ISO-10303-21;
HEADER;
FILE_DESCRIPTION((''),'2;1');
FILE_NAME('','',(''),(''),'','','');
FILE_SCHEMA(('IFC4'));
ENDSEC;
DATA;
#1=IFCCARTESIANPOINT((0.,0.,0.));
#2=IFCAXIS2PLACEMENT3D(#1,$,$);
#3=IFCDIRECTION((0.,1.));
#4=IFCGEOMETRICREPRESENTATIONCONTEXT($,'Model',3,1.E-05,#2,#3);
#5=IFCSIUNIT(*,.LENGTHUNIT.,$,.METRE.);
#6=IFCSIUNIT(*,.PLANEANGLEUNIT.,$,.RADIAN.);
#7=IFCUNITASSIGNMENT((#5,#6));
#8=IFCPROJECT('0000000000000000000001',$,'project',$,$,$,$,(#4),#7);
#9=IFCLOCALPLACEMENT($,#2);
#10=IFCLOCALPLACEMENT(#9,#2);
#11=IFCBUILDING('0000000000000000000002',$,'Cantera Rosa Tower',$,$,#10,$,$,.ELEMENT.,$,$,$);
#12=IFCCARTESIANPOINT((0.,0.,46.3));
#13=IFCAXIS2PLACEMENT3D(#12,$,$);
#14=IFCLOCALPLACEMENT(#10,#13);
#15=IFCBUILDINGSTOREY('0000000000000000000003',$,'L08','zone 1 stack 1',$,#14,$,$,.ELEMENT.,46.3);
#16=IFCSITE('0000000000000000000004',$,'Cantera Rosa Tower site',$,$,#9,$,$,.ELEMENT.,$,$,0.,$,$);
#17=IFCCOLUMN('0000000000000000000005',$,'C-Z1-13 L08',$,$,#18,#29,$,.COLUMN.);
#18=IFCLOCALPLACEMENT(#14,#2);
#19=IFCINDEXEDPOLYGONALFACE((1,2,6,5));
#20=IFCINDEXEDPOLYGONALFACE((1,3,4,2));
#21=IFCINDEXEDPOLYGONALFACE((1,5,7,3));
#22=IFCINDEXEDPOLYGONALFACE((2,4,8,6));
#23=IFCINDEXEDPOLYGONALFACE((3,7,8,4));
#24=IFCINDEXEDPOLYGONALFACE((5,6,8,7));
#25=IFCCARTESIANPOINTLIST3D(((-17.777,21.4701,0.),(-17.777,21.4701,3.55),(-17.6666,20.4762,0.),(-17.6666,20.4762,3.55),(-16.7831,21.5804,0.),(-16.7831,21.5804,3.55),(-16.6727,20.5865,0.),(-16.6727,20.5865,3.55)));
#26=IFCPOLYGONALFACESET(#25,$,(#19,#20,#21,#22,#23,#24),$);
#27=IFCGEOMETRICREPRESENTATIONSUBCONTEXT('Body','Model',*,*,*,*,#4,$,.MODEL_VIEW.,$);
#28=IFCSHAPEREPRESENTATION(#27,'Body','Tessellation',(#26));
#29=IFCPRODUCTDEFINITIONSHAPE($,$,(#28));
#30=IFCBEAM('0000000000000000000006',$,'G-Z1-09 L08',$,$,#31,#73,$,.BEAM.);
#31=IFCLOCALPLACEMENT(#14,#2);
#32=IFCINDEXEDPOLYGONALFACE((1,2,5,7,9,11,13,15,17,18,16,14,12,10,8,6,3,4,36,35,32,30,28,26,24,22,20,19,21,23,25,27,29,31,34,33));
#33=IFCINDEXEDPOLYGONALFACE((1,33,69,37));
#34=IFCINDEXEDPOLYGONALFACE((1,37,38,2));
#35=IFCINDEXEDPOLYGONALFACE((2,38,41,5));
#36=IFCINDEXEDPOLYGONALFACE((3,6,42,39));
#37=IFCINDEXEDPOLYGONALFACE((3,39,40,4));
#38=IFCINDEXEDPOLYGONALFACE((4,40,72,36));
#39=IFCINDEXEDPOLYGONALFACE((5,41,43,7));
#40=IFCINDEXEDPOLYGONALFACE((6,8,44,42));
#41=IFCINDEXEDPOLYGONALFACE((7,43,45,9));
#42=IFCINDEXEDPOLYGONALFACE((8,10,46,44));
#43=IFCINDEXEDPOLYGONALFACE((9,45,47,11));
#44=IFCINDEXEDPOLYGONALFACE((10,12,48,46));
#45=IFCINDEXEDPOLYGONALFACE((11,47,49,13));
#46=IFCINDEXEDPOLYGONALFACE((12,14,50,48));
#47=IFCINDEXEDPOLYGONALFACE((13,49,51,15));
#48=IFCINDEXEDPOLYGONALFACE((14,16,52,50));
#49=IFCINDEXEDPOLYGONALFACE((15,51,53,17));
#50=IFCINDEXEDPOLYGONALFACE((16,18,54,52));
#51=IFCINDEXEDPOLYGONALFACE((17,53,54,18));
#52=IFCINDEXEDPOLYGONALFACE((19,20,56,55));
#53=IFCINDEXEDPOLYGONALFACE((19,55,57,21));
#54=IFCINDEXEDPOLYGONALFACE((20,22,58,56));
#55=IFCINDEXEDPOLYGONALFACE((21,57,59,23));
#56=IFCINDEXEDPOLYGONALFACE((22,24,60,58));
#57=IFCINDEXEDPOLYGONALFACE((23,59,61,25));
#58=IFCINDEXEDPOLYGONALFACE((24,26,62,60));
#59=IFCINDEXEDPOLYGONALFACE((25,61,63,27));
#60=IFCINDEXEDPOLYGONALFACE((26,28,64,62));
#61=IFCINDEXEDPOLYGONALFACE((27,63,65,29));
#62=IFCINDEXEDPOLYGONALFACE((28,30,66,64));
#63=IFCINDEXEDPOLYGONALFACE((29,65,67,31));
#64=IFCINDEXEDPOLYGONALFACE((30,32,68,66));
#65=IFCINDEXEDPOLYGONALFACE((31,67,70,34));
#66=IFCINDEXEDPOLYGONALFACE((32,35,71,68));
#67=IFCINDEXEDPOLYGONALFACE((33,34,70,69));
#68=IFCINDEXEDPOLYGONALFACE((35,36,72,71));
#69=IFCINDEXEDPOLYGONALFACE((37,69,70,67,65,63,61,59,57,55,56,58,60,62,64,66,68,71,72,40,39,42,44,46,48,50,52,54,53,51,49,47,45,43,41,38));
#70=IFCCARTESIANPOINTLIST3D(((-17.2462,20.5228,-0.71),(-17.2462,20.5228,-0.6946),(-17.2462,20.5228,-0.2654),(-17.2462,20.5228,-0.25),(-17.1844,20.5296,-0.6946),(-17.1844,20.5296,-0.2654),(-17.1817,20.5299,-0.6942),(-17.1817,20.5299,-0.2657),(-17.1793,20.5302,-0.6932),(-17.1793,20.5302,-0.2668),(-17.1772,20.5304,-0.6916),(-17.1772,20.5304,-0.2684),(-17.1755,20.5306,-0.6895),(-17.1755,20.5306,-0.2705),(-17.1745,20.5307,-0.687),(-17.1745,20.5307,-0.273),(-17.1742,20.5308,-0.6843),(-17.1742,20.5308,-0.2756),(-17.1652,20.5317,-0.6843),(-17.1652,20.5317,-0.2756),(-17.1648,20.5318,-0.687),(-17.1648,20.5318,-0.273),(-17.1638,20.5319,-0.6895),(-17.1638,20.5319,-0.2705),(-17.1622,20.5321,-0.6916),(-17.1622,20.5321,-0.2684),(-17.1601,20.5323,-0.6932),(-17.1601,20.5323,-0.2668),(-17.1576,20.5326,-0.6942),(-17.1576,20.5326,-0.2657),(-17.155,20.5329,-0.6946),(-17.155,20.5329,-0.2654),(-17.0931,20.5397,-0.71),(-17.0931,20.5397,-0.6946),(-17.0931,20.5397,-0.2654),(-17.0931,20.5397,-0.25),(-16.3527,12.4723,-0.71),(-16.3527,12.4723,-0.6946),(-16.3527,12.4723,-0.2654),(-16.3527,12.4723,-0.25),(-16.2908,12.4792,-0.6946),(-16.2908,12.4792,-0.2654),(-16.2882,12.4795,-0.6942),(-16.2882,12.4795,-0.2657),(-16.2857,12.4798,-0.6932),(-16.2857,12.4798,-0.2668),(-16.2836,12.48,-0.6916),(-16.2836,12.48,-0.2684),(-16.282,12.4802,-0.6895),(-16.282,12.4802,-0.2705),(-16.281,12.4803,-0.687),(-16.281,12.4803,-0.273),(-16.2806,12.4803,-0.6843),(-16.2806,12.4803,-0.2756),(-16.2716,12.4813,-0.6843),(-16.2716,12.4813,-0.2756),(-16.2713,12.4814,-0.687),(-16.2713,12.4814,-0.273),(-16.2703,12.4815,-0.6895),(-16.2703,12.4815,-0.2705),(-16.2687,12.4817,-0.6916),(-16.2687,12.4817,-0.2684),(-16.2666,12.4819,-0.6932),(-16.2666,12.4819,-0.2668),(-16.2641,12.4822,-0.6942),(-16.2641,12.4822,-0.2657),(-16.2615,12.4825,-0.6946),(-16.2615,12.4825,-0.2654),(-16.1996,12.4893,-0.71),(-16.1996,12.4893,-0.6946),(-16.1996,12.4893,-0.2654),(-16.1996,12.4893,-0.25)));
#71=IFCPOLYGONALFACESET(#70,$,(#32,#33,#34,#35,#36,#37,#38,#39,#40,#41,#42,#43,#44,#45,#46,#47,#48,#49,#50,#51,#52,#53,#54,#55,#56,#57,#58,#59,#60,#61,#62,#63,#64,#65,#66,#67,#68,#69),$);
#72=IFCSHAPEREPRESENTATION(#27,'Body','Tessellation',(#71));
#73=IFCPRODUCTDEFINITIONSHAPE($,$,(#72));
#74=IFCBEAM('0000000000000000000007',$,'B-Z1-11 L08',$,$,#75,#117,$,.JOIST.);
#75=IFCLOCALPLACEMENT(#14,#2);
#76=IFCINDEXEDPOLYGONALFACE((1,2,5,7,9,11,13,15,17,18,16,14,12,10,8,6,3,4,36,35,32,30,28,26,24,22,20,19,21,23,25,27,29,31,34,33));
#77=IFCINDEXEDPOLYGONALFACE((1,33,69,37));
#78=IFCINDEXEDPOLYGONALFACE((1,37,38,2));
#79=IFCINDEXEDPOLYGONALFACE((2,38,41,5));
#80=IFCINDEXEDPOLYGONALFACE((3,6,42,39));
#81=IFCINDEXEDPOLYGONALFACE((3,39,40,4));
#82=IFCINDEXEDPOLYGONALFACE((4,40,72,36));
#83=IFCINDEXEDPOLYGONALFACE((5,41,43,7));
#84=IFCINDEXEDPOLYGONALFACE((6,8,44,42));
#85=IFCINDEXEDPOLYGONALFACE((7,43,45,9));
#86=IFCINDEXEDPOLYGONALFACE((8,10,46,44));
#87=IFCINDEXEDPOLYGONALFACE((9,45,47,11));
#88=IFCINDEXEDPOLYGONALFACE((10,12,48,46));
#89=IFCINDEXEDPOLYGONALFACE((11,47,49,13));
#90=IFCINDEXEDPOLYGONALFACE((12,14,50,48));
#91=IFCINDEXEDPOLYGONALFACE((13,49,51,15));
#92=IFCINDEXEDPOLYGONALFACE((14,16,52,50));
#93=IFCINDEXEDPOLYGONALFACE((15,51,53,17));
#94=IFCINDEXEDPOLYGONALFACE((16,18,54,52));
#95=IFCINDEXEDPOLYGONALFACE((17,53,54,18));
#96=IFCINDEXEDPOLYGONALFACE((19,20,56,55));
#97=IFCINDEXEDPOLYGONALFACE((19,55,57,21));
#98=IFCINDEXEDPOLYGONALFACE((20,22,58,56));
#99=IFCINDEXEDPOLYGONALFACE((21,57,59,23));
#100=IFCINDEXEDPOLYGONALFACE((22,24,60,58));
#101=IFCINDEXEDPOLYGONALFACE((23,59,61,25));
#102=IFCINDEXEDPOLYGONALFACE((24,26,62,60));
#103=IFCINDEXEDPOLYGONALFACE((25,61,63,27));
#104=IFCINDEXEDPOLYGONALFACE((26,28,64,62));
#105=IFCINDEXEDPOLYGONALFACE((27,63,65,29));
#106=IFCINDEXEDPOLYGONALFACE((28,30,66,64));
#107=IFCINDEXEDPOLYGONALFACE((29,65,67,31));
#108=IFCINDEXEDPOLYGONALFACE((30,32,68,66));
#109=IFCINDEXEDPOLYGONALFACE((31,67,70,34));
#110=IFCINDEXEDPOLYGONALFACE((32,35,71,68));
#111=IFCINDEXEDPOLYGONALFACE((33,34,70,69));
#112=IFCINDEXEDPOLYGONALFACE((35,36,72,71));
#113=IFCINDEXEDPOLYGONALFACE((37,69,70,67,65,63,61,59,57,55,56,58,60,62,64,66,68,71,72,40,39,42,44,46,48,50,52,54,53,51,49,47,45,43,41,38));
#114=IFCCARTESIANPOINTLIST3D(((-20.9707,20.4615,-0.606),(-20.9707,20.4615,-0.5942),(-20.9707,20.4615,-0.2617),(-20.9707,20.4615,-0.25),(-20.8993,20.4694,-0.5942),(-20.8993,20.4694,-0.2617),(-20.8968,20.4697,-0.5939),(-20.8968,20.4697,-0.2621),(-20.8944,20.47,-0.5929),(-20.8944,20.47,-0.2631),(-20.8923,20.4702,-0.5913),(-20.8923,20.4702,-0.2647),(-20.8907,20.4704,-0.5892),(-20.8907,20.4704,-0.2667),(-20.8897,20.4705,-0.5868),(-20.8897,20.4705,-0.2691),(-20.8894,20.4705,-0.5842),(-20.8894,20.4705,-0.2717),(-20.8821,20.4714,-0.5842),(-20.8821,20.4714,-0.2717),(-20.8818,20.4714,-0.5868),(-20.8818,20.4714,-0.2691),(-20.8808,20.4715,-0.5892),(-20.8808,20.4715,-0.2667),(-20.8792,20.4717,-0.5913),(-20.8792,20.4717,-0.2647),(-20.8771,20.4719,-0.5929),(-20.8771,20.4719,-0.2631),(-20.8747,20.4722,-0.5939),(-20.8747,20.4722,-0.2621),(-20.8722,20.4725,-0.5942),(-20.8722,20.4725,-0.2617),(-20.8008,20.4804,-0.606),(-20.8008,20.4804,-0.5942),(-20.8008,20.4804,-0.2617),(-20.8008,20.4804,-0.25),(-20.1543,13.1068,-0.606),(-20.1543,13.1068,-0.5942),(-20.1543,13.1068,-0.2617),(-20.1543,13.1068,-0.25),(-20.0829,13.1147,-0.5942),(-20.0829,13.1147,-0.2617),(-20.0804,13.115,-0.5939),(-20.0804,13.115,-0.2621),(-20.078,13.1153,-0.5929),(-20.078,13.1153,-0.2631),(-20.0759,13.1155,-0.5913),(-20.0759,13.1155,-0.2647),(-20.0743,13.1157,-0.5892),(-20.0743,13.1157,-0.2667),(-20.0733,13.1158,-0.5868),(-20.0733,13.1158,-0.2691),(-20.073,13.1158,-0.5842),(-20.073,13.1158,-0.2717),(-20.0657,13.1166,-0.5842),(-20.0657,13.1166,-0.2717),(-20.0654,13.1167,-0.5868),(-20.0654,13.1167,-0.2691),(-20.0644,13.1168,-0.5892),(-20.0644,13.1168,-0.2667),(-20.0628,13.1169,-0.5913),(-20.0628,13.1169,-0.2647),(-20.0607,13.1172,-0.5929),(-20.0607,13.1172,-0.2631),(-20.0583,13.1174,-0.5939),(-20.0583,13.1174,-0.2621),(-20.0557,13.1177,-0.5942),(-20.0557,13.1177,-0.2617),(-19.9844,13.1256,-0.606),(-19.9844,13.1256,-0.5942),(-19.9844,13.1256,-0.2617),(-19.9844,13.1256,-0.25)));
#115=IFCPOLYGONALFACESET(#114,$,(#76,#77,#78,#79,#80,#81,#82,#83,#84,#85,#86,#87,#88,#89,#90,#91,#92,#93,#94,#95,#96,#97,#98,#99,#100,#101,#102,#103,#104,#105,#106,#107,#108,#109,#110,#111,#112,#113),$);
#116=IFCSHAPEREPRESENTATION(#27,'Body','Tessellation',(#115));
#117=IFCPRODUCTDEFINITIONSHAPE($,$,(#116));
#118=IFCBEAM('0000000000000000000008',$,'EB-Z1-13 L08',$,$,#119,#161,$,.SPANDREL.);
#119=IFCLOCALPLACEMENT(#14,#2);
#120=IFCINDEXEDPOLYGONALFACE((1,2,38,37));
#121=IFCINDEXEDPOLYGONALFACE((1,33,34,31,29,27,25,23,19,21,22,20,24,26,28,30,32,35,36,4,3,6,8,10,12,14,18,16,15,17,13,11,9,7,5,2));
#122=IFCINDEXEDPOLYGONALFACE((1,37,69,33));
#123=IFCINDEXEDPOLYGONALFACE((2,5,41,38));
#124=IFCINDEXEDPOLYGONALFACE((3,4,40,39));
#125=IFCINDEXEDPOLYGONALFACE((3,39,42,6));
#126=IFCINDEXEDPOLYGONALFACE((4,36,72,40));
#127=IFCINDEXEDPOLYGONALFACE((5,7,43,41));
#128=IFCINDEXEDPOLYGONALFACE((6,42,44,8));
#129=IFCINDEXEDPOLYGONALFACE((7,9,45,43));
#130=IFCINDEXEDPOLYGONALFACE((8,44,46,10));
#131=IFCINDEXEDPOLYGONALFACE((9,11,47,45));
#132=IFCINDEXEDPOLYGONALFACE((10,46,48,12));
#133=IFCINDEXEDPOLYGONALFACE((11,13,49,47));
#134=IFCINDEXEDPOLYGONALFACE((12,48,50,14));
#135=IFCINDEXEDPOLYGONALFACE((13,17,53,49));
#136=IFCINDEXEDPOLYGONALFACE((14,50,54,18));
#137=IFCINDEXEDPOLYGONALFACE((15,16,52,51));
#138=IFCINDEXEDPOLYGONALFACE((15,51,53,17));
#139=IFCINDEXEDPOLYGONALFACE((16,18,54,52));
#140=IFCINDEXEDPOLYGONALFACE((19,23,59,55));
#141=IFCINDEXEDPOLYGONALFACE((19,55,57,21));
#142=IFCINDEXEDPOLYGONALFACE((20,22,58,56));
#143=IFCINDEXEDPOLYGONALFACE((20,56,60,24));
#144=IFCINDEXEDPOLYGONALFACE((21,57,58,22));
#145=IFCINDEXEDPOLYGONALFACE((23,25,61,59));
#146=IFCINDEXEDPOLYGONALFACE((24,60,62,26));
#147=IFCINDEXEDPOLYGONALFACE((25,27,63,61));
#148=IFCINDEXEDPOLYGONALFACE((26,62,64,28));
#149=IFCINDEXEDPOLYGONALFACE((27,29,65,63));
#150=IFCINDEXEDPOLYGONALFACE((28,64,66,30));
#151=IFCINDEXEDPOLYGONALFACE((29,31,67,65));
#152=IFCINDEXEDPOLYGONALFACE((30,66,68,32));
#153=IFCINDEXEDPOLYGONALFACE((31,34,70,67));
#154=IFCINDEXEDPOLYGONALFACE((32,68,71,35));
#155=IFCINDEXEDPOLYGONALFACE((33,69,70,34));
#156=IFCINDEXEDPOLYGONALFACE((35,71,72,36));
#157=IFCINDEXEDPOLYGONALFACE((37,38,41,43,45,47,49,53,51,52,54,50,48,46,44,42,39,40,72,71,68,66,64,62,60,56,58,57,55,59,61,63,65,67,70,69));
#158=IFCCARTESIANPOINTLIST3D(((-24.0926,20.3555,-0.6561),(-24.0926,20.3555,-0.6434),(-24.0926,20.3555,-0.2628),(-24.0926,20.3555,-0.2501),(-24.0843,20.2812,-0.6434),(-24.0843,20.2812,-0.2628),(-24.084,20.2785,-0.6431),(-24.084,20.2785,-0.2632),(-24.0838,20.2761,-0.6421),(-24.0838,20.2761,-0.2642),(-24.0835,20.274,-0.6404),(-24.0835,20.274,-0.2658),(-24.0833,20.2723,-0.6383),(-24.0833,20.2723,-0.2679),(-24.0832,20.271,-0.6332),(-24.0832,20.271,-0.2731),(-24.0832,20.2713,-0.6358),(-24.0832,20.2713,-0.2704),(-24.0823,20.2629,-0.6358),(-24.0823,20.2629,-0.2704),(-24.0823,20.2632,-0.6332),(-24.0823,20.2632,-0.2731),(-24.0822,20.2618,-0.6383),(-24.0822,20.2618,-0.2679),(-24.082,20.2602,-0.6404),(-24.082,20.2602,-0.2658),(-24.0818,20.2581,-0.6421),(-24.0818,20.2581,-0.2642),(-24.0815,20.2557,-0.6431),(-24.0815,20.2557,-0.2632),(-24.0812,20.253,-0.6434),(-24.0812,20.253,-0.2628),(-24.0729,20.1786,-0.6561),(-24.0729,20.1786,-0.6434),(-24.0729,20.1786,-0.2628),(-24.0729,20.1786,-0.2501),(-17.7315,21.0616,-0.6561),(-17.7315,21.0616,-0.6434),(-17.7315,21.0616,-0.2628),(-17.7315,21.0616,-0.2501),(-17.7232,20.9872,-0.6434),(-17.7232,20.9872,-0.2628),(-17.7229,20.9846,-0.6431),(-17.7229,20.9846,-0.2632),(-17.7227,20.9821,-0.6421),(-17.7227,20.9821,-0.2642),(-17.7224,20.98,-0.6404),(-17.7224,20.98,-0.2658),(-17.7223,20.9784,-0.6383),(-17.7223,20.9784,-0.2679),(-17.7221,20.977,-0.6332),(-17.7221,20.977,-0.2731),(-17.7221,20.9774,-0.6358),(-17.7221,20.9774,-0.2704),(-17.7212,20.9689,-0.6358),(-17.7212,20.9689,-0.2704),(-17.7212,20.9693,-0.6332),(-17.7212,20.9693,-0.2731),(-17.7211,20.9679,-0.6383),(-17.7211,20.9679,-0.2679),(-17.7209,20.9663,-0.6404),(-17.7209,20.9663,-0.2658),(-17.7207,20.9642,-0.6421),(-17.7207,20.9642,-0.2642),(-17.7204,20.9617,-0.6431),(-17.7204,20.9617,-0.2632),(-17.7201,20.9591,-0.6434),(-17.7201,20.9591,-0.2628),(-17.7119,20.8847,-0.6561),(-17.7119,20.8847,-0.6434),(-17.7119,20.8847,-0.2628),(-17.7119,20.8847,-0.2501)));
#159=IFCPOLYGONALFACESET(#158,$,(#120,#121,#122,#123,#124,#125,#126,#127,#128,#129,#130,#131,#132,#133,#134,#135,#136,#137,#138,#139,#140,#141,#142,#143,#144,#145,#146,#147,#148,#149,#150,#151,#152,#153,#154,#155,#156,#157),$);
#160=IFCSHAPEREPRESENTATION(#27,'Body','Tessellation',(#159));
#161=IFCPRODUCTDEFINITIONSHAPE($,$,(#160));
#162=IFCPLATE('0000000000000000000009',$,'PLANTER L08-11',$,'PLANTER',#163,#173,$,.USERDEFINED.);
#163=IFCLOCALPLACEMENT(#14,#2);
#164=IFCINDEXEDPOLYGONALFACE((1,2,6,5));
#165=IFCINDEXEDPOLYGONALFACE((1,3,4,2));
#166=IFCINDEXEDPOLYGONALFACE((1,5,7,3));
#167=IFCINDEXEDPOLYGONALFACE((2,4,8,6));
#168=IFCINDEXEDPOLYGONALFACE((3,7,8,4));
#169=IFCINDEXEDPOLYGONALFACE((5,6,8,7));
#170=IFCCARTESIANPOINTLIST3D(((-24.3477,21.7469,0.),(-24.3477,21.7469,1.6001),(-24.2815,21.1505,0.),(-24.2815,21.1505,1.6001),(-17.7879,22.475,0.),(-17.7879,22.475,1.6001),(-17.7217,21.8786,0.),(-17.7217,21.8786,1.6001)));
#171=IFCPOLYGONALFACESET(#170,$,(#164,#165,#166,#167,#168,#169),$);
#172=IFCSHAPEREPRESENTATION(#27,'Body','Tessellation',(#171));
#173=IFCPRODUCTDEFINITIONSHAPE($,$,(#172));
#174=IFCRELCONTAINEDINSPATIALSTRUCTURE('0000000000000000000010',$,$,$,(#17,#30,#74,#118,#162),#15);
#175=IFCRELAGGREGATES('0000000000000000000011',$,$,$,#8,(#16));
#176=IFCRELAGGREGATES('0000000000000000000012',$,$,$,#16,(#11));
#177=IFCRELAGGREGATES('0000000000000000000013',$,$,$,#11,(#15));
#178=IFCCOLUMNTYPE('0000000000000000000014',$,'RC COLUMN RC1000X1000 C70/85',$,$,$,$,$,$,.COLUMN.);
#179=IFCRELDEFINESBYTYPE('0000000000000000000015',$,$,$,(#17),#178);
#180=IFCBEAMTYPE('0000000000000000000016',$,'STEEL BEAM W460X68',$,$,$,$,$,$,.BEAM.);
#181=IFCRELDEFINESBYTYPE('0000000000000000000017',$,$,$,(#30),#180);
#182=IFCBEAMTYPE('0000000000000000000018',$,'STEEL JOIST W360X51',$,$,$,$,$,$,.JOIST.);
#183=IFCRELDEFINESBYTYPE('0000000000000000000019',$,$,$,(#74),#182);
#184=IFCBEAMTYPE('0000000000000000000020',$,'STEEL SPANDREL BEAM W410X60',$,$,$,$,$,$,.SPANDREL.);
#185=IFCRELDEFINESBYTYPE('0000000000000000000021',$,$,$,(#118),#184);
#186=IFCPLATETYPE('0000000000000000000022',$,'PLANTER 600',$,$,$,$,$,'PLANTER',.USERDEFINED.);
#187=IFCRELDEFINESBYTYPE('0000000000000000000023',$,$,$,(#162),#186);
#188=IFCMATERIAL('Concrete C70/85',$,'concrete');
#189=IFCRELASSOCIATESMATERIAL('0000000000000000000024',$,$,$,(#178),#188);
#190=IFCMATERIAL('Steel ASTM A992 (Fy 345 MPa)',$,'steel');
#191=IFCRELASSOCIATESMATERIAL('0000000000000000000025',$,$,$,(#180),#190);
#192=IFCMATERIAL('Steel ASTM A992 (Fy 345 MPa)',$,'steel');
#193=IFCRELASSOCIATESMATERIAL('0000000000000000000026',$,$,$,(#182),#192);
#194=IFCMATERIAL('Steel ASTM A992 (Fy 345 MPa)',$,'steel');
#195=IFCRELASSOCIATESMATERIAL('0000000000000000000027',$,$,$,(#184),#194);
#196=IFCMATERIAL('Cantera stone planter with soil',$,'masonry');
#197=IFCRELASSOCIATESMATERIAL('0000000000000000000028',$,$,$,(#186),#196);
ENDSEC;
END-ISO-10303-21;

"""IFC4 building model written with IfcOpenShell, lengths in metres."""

from ifc_helpers import new_model, si_unit, direction, frame, origin, origin_2d, place, context, subcontext, project, spatial, rectangle, i_section, extrude, material, material_profile, profile_set, type_object, element, save


model = new_model("IFC4")

# Units and contexts
model_context = context("Model", 3, precision=1e-05, world=origin(), true_north=direction((0.0, 1.0)))
body_context = subcontext(model_context, "Body", "Model", "MODEL_VIEW")
ifc_project = project(units=[si_unit("LENGTHUNIT", "METRE"), si_unit("PLANEANGLEUNIT", "RADIAN")], contexts=[model_context])

# Site, building, storey
site_placement = place(None, origin())
site = spatial("IfcSite", under=ifc_project, at=site_placement, Name="Cantera Rosa Tower site", CompositionType="ELEMENT", RefElevation=0.0)
building_placement = place(site_placement, origin())
building = spatial("IfcBuilding", under=site, at=building_placement, Name="Cantera Rosa Tower", CompositionType="ELEMENT")
storey_placement = place(building_placement, frame((0.0, 0.0, 46.3)))
storey = spatial("IfcBuildingStorey", under=building, at=storey_placement, Name="L08", Description="zone 1 stack 1", CompositionType="ELEMENT", Elevation=46.3)

# Column
ifc_material_1 = material(Name="Concrete C70/85", Category="concrete")
ifc_material_profile_1 = material_profile(ifc_material_1, rectangle(XDim=1.0, YDim=1.0, at=origin_2d()), Name="RC COLUMN RC1000X1000 C70/85")
ifc_profile_set_1 = profile_set([ifc_material_profile_1], Name="Concrete C70/85")
column_type = type_object("IfcColumnType", Name="RC COLUMN RC1000X1000 C70/85", PredefinedType="COLUMN", material=ifc_profile_set_1)
column_placement = place(storey_placement, frame((-17.2249, 21.0283, 0.0), z_axis=(0.0, 0.0, 1.0), x_axis=(0.993897, 0.110313, 0.0)))
element("IfcColumn", 1, at=column_placement, inside=storey, type_object=column_type, Name="C-Z1-13 L08", PredefinedType="COLUMN", context=body_context, shape_type="SweptSolid", body=[
    extrude(rectangle(XDim=1.0, YDim=1.0, at=origin_2d()), origin(), (0.0, 0.0, 1.0), 3.55),
])

# Beams
ifc_material_2 = material(Name="Steel ASTM A992 (Fy 345 MPa)", Category="steel")
ifc_material_profile_2 = material_profile(ifc_material_2, i_section(OverallWidth=0.1541, OverallDepth=0.46, WebThickness=0.009, FlangeThickness=0.0154, FilletRadius=0.0103, at=origin_2d()), Name="W460X68")
ifc_profile_set_2 = profile_set([ifc_material_profile_2], Name="Steel ASTM A992 (Fy 345 MPa)")
beam_type_1 = type_object("IfcBeamType", Name="STEEL BEAM W460X68", PredefinedType="BEAM", material=ifc_profile_set_2)
beam_1_placement = place(storey_placement, frame((-17.1697, 20.5312, -0.48), z_axis=(0.110316, -0.993897, 0.0), x_axis=(0.993897, 0.110316, 0.0)))
element("IfcBeam", 2, at=beam_1_placement, inside=storey, type_object=beam_type_1, Name="G-Z1-09 L08", PredefinedType="BEAM", context=body_context, shape_type="SweptSolid", body=[
    extrude(i_section(OverallWidth=0.1541, OverallDepth=0.46, WebThickness=0.009, FlangeThickness=0.0154, FilletRadius=0.0103, at=origin_2d()), origin(), (0.0, 0.0, 1.0), 8.0999),
])
ifc_material_3 = material(Name="Steel ASTM A992 (Fy 345 MPa)", Category="steel")
ifc_material_profile_3 = material_profile(ifc_material_3, i_section(OverallWidth=0.1709, OverallDepth=0.356, WebThickness=0.0073, FlangeThickness=0.0117, FilletRadius=0.01, at=origin_2d()), Name="W360X51")
ifc_profile_set_3 = profile_set([ifc_material_profile_3], Name="Steel ASTM A992 (Fy 345 MPa)")
beam_type_2 = type_object("IfcBeamType", Name="STEEL JOIST W360X51", PredefinedType="JOIST", material=ifc_profile_set_3)
beam_2_placement = place(storey_placement, frame((-20.8857, 20.4709, -0.428), z_axis=(0.110327, -0.993895, 0.0), x_axis=(0.993895, 0.110327, 0.0)))
element("IfcBeam", 3, at=beam_2_placement, inside=storey, type_object=beam_type_2, Name="B-Z1-11 L08", PredefinedType="JOIST", context=body_context, shape_type="SweptSolid", body=[
    extrude(i_section(OverallWidth=0.1709, OverallDepth=0.356, WebThickness=0.0073, FlangeThickness=0.0117, FilletRadius=0.01, at=origin_2d()), origin(), (0.0, 0.0, 1.0), 7.3999),
])
ifc_material_4 = material(Name="Steel ASTM A992 (Fy 345 MPa)", Category="steel")
ifc_material_profile_4 = material_profile(ifc_material_4, i_section(OverallWidth=0.178, OverallDepth=0.406, WebThickness=0.0078, FlangeThickness=0.0127, FilletRadius=0.0103, at=origin_2d()), Name="W410X60")
ifc_profile_set_4 = profile_set([ifc_material_profile_4], Name="Steel ASTM A992 (Fy 345 MPa)")
beam_type_3 = type_object("IfcBeamType", Name="STEEL SPANDREL BEAM W410X60", PredefinedType="SPANDREL", material=ifc_profile_set_4)
beam_3_placement = place(storey_placement, frame((-17.7217, 20.9731, -0.4531), z_axis=(-0.993896, -0.110318, 0.0), x_axis=(0.110318, -0.993896, 0.0)))
element("IfcBeam", 4, at=beam_3_placement, inside=storey, type_object=beam_type_3, Name="EB-Z1-13 L08", PredefinedType="SPANDREL", context=body_context, shape_type="SweptSolid", body=[
    extrude(i_section(OverallWidth=0.178, OverallDepth=0.406, WebThickness=0.0078, FlangeThickness=0.0127, FilletRadius=0.0103, at=origin_2d()), origin(), (0.0, 0.0, 1.0), 6.4001),
])

# Plate
ifc_material_5 = material(Name="Cantera stone planter with soil", Category="masonry")
plate_type = type_object("IfcPlateType", Name="PLANTER 600", ElementType="PLANTER", PredefinedType="USERDEFINED", material=ifc_material_5)
plate_placement = place(storey_placement, frame((-21.0347, 21.8127, 0.0), z_axis=(0.0, 0.0, 1.0), x_axis=(-0.993897, -0.110313, 0.0)))
element("IfcPlate", 5, at=plate_placement, inside=storey, type_object=plate_type, Name="PLANTER L08-11", ObjectType="PLANTER", PredefinedType="USERDEFINED", context=body_context, shape_type="SweptSolid", body=[
    extrude(rectangle(XDim=6.6001, YDim=0.6001, at=origin_2d()), origin(), (0.0, 0.0, 1.0), 1.6001),
])

save(model, "model.ifc")
